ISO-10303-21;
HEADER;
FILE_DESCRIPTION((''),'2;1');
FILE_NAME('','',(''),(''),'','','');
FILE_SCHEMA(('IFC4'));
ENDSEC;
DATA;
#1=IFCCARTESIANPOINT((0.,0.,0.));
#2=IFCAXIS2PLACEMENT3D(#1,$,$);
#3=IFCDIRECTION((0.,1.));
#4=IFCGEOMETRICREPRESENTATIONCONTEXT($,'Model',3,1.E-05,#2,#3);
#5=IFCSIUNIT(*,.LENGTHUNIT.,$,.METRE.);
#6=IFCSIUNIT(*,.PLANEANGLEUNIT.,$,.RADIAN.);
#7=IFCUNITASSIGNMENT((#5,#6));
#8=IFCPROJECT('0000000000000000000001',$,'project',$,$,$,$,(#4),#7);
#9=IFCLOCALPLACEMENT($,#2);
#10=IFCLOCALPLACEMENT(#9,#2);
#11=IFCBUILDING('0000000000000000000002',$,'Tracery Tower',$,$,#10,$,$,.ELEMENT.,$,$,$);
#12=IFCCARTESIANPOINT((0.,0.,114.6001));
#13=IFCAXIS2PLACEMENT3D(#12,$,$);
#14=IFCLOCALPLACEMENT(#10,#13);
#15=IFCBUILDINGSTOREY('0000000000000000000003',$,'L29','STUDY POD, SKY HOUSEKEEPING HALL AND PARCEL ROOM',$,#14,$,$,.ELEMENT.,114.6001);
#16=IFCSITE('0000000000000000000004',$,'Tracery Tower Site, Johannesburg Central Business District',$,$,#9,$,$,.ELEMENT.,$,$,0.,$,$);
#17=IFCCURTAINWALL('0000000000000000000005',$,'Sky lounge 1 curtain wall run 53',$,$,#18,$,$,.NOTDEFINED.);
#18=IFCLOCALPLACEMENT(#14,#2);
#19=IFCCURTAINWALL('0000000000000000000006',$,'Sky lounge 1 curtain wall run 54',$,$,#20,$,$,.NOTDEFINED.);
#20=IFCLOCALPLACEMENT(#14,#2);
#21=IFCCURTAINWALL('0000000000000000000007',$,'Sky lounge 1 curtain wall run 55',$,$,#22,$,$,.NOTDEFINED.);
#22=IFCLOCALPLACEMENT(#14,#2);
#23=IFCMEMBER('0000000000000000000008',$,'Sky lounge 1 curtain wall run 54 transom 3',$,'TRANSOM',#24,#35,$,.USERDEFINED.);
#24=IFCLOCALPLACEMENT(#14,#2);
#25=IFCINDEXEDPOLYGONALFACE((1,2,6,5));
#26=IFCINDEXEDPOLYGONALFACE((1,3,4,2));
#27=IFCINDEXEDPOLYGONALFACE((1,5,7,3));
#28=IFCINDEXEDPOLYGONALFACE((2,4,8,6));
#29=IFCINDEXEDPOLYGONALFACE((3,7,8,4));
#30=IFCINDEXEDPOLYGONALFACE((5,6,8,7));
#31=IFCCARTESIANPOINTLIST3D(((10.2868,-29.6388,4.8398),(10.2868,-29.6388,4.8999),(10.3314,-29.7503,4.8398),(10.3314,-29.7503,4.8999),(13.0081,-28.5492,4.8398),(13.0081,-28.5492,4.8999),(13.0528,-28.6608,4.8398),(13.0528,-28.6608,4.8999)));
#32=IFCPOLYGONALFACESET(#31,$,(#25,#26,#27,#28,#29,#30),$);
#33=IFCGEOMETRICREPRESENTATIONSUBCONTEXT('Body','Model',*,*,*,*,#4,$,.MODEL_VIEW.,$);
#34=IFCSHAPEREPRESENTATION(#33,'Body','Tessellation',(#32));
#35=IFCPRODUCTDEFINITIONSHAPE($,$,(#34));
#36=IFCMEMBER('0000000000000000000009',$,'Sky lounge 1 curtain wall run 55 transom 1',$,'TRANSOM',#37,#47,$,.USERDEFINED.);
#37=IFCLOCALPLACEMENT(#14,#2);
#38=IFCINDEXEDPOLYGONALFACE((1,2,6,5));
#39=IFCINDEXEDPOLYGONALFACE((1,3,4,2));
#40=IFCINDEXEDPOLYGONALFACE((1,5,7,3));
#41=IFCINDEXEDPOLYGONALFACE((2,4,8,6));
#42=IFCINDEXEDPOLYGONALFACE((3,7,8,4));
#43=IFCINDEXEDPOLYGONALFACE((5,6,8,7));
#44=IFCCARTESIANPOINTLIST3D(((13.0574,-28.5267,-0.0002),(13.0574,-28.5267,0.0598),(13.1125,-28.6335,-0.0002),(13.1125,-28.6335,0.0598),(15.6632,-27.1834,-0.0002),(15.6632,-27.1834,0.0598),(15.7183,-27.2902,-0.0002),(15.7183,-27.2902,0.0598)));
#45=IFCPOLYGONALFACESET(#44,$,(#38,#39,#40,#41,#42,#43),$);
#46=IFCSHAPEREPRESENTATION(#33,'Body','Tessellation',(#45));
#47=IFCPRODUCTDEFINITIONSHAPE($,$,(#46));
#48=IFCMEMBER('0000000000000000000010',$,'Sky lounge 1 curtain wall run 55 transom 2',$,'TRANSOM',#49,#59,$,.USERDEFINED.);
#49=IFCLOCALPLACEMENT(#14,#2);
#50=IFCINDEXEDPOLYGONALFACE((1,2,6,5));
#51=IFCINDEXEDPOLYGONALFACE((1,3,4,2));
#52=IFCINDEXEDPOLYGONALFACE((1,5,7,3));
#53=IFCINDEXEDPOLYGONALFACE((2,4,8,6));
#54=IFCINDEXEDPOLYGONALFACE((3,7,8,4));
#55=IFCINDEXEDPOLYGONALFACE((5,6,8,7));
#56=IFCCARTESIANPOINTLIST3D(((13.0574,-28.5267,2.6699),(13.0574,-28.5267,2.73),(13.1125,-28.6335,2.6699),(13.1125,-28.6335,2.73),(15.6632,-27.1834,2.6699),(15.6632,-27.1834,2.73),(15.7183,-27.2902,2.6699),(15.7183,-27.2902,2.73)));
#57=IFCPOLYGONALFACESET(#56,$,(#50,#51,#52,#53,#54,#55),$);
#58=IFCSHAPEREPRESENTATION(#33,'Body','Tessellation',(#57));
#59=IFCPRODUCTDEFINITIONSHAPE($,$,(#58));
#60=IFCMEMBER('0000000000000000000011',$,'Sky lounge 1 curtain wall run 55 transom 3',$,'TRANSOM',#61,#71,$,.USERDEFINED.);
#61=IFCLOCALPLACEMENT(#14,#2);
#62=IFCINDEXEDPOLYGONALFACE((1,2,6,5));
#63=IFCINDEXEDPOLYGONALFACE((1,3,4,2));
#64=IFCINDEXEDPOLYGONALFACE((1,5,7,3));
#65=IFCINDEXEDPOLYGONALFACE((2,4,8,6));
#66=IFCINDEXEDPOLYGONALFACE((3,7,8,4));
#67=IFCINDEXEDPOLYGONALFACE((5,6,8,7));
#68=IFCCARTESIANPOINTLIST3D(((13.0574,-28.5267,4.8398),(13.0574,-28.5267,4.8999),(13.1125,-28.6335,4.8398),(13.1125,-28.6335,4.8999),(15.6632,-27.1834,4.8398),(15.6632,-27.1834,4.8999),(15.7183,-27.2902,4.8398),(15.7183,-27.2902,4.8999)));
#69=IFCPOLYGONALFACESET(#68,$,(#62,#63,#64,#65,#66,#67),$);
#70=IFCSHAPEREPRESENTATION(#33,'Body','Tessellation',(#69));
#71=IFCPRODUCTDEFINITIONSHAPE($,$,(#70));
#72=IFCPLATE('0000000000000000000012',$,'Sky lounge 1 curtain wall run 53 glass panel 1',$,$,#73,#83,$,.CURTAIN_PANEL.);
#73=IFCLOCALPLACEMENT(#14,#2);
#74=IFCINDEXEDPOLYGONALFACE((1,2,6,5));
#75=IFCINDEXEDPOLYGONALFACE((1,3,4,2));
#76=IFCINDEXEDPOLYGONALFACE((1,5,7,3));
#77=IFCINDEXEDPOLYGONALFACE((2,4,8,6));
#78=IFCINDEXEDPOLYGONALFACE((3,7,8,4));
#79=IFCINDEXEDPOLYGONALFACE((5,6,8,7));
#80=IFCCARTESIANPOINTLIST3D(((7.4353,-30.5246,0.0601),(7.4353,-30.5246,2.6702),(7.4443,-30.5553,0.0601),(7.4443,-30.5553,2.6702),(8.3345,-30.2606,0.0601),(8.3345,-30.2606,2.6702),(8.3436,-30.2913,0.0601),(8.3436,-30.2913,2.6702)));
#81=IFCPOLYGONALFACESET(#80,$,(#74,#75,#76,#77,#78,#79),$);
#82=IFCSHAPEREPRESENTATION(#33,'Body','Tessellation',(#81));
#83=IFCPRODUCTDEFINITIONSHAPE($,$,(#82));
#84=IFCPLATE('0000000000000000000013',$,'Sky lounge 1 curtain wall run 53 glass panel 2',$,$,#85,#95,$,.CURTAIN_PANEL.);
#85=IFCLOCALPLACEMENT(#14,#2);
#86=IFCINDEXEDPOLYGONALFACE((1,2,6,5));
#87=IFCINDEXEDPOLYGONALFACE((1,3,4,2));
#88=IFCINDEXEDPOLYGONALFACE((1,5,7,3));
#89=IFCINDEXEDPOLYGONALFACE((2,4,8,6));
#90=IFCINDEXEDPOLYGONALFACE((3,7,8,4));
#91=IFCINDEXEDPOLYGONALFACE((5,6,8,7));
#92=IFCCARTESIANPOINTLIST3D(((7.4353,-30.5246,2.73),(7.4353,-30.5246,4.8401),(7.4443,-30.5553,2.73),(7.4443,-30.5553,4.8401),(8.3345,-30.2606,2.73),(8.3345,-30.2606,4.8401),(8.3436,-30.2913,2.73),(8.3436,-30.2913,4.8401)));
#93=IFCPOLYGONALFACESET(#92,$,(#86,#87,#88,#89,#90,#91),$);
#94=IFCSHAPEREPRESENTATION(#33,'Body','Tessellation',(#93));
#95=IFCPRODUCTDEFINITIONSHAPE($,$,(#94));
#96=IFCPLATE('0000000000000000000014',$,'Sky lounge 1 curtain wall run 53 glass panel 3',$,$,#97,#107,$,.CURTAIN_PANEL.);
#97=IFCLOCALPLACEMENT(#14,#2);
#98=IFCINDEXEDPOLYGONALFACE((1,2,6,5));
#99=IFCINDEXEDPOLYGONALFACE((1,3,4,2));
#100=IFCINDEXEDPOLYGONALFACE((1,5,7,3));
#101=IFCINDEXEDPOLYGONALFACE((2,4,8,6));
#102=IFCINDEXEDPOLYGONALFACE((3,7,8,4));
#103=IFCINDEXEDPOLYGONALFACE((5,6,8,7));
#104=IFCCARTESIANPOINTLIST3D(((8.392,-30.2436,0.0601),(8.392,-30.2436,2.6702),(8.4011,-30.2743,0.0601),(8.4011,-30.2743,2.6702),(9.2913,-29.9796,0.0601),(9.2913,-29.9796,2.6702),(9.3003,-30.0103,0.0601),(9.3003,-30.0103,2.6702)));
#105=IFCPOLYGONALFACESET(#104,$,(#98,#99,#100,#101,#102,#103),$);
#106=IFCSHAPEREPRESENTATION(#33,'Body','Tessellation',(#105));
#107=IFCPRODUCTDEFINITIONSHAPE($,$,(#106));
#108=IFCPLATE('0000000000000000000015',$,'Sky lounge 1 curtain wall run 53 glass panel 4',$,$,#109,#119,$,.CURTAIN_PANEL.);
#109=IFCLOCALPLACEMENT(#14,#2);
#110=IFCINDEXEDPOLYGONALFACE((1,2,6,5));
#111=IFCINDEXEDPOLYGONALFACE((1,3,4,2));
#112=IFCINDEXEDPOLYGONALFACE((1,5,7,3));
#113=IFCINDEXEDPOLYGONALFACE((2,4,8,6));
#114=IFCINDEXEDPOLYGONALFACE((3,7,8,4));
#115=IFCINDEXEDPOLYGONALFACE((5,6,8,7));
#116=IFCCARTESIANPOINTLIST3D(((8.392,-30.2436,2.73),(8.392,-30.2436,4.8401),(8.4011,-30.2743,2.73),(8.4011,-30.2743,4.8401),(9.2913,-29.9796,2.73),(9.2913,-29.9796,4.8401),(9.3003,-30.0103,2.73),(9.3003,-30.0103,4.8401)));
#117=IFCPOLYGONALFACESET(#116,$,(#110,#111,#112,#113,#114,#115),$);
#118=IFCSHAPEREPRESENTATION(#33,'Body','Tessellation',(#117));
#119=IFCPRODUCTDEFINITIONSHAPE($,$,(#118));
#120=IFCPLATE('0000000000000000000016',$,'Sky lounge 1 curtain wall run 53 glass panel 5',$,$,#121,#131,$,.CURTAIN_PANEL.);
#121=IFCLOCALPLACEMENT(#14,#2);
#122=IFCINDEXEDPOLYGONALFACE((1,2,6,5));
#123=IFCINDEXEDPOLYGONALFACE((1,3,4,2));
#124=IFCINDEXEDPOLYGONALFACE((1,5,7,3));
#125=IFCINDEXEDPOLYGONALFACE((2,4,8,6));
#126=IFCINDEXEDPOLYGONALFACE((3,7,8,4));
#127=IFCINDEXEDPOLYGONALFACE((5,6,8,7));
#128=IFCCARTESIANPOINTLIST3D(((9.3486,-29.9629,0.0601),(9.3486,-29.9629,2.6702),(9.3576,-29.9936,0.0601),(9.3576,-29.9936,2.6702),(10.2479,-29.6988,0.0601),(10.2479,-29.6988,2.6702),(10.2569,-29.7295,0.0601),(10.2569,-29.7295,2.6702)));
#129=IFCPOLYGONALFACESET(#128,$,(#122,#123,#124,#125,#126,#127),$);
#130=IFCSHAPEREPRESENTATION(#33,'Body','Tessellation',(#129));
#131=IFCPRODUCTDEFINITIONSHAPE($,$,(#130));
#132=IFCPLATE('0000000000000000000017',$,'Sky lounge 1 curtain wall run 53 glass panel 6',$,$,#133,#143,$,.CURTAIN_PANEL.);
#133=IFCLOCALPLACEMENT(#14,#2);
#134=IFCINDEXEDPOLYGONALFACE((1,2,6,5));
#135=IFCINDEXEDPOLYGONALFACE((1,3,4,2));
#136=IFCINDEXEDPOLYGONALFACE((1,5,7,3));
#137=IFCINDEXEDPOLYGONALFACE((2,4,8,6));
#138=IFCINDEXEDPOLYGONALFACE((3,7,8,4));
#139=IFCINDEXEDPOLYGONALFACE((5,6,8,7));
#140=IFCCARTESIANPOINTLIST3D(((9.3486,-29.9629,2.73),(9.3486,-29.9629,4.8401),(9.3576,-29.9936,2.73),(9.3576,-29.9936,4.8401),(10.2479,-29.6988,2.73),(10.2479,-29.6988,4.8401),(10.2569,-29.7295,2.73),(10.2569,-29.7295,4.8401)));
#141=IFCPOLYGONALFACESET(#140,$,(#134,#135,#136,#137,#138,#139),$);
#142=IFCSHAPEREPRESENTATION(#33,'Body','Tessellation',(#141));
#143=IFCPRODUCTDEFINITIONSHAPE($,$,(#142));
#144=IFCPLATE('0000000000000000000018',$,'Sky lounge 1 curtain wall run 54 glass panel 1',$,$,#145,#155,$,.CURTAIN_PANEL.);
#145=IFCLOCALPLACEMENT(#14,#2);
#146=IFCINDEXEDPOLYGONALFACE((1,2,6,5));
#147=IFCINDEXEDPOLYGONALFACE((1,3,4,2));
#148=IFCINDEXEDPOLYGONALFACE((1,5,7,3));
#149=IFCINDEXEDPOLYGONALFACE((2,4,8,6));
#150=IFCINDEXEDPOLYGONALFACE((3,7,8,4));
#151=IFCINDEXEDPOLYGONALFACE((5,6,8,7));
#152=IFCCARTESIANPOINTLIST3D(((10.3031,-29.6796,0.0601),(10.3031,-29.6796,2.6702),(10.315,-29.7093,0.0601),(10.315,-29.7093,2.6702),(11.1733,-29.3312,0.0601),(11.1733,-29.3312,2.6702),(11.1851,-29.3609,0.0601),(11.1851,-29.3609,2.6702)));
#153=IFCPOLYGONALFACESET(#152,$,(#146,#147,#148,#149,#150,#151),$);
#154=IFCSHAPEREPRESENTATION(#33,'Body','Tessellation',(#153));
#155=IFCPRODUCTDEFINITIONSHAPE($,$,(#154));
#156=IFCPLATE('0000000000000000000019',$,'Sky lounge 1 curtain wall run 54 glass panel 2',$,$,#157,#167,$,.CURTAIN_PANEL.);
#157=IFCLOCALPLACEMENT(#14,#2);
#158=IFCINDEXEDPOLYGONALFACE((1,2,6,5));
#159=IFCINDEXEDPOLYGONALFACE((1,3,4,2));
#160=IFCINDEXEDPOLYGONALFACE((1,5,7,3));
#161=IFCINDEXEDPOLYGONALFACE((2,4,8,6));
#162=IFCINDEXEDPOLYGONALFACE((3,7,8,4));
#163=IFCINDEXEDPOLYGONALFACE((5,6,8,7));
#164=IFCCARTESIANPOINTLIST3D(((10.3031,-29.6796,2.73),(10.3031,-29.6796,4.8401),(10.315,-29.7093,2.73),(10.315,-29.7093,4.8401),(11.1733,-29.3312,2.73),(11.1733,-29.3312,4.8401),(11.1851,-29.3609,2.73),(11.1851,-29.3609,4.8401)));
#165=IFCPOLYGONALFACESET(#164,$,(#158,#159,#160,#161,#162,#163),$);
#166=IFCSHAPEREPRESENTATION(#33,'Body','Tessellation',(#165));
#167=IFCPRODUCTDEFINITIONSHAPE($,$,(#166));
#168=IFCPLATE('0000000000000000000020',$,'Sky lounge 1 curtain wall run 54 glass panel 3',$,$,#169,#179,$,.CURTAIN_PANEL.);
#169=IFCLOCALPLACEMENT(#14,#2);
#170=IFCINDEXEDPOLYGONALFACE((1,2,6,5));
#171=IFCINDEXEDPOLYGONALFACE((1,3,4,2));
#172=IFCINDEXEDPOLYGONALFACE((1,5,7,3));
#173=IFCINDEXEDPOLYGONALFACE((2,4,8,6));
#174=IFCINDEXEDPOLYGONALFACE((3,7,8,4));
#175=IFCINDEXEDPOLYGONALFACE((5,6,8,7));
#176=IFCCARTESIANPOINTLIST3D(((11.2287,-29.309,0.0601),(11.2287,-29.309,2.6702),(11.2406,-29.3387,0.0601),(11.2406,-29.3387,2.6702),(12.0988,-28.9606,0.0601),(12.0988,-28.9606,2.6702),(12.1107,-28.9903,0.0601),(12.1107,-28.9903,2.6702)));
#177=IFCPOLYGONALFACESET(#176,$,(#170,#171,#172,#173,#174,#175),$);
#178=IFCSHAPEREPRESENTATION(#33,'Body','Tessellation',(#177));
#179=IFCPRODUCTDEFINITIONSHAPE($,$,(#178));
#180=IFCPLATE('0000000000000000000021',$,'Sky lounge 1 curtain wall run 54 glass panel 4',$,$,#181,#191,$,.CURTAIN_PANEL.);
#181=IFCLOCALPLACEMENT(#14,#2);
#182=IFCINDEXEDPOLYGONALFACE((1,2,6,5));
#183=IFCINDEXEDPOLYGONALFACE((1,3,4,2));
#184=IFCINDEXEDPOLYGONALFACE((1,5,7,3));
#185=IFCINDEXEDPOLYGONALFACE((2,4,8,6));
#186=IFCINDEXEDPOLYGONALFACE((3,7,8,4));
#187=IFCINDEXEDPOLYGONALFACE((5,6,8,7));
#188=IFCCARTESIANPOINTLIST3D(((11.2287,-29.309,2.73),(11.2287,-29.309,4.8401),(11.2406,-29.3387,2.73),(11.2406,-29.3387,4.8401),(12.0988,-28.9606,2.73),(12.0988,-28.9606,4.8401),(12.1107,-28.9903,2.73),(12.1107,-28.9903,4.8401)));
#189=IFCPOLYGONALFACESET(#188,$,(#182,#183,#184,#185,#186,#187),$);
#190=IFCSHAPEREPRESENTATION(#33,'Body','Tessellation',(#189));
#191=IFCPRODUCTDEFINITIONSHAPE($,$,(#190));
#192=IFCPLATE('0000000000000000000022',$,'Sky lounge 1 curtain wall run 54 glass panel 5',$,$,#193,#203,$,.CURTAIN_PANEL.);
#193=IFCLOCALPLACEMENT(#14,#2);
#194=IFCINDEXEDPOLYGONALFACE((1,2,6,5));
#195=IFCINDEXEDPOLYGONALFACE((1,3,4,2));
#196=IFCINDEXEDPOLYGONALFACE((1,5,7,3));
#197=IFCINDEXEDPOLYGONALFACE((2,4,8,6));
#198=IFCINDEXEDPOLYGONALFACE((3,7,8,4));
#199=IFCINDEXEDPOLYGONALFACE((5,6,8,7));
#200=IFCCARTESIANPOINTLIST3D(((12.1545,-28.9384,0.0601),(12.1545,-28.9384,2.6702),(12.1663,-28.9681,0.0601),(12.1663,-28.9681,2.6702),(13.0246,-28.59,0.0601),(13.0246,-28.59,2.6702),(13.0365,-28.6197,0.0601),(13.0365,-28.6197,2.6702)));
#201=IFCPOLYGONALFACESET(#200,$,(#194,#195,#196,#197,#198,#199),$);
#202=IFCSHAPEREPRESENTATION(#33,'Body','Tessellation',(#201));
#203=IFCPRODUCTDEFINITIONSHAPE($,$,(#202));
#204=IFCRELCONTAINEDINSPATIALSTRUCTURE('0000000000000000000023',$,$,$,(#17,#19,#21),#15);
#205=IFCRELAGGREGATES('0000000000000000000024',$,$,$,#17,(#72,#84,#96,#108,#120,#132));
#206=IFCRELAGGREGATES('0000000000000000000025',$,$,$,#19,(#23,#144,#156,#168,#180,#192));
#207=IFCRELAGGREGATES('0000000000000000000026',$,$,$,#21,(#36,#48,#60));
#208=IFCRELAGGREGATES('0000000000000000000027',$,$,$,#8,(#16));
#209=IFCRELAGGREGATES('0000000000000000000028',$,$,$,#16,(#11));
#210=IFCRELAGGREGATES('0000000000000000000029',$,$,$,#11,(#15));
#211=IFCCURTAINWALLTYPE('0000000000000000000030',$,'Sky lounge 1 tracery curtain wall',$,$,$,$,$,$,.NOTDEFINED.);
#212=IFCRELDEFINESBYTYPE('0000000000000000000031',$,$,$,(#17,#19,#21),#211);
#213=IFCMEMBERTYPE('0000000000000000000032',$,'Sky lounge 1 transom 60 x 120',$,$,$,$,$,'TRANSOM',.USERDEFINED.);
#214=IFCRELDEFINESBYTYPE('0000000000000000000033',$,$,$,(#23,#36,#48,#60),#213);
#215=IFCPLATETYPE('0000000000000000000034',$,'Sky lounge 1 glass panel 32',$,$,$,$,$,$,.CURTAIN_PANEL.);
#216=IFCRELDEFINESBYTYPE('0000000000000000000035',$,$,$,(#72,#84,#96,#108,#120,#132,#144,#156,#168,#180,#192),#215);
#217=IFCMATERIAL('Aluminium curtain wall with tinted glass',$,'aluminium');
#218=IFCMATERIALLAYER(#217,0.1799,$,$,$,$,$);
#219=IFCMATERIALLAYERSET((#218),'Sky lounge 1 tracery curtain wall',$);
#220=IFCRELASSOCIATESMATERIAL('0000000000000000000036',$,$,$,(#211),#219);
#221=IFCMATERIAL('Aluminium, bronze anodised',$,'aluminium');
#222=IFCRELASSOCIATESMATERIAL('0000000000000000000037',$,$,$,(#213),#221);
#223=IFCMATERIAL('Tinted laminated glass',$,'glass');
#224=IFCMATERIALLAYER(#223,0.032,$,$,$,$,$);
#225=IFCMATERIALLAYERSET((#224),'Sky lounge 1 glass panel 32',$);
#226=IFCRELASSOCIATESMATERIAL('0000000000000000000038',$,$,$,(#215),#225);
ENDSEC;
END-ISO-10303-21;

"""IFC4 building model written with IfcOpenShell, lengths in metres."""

from ifc_helpers import new_model, si_unit, direction, frame, origin, origin_2d, place, context, subcontext, project, spatial, rectangle, extrude, material, layer, layer_set, material_profile, profile_set, type_object, element, aggregate, save


model = new_model("IFC4")

# Units and contexts
model_context = context("Model", 3, precision=1e-05, world=origin(), true_north=direction((0.0, 1.0)))
body_context = subcontext(model_context, "Body", "Model", "MODEL_VIEW")
ifc_project = project(units=[si_unit("LENGTHUNIT", "METRE"), si_unit("PLANEANGLEUNIT", "RADIAN")], contexts=[model_context])

# Site, building, storey
site_placement = place(None, origin())
site = spatial("IfcSite", under=ifc_project, at=site_placement, Name="Tracery Tower Site, Johannesburg Central Business District", CompositionType="ELEMENT", RefElevation=0.0)
building_placement = place(site_placement, origin())
building = spatial("IfcBuilding", under=site, at=building_placement, Name="Tracery Tower", CompositionType="ELEMENT")
storey_placement = place(building_placement, frame((0.0, 0.0, 114.6001)))
storey = spatial("IfcBuildingStorey", under=building, at=storey_placement, Name="L29", Description="STUDY POD, SKY HOUSEKEEPING HALL AND PARCEL ROOM", CompositionType="ELEMENT", Elevation=114.6001)

# Curtain walls
ifc_material_1 = material(Name="Aluminium curtain wall with tinted glass", Category="aluminium")
ifc_layer_1 = layer(ifc_material_1, 0.1799)
ifc_layer_set_1 = layer_set([ifc_layer_1], Name="Sky lounge 1 tracery curtain wall")
curtain_wall_type = type_object("IfcCurtainWallType", Name="Sky lounge 1 tracery curtain wall", PredefinedType="NOTDEFINED", material=ifc_layer_set_1)
curtain_wall_1_placement = place(storey_placement, origin())
curtain_wall_1 = element("IfcCurtainWall", 1, at=curtain_wall_1_placement, inside=storey, type_object=curtain_wall_type, Name="Sky lounge 1 curtain wall run 53", PredefinedType="NOTDEFINED")
curtain_wall_2_placement = place(storey_placement, origin())
curtain_wall_2 = element("IfcCurtainWall", 2, at=curtain_wall_2_placement, inside=storey, type_object=curtain_wall_type, Name="Sky lounge 1 curtain wall run 54", PredefinedType="NOTDEFINED")
curtain_wall_3_placement = place(storey_placement, origin())
curtain_wall_3 = element("IfcCurtainWall", 3, at=curtain_wall_3_placement, inside=storey, type_object=curtain_wall_type, Name="Sky lounge 1 curtain wall run 55", PredefinedType="NOTDEFINED")

# Members
ifc_material_2 = material(Name="Aluminium, bronze anodised", Category="aluminium")
ifc_material_profile_1 = material_profile(ifc_material_2, rectangle(XDim=0.1201, YDim=0.0601, at=origin_2d()), Name="AL 60x120")
ifc_profile_set_1 = profile_set([ifc_material_profile_1], Name="Aluminium, bronze anodised")
member_type_1 = type_object("IfcMemberType", Name="Sky lounge 1 transom 60 x 120", ElementType="TRANSOM", PredefinedType="USERDEFINED", material=ifc_profile_set_1)
member_1_placement = place(storey_placement, frame((10.3091, -29.6946, 4.8699), z_axis=(0.928356, 0.371692, 0.0), x_axis=(-0.371692, 0.928356, 0.0)))
member_1 = element("IfcMember", 4, at=member_1_placement, type_object=member_type_1, Name="Sky lounge 1 curtain wall run 54 transom 3", ObjectType="TRANSOM", PredefinedType="USERDEFINED", context=body_context, shape_type="SweptSolid", body=[
    extrude(rectangle(XDim=0.1201, YDim=0.0601, at=origin_2d()), origin(), (0.0, 0.0, 1.0), 2.9314),
])
member_2_placement = place(storey_placement, frame((13.085, -28.5801, 0.0298), z_axis=(0.888846, 0.458206, 0.0), x_axis=(-0.458206, 0.888846, 0.0)))
member_2 = element("IfcMember", 5, at=member_2_placement, type_object=member_type_1, Name="Sky lounge 1 curtain wall run 55 transom 1", ObjectType="TRANSOM", PredefinedType="USERDEFINED", context=body_context, shape_type="SweptSolid", body=[
    extrude(rectangle(XDim=0.1201, YDim=0.0601, at=origin_2d()), origin(), (0.0, 0.0, 1.0), 2.9316),
])
member_3_placement = place(storey_placement, frame((13.085, -28.5801, 2.7), z_axis=(0.888846, 0.458206, 0.0), x_axis=(-0.458206, 0.888846, 0.0)))
member_3 = element("IfcMember", 6, at=member_3_placement, type_object=member_type_1, Name="Sky lounge 1 curtain wall run 55 transom 2", ObjectType="TRANSOM", PredefinedType="USERDEFINED", context=body_context, shape_type="SweptSolid", body=[
    extrude(rectangle(XDim=0.1201, YDim=0.0601, at=origin_2d()), origin(), (0.0, 0.0, 1.0), 2.9316),
])
member_4_placement = place(storey_placement, frame((13.085, -28.5801, 4.8699), z_axis=(0.888846, 0.458206, 0.0), x_axis=(-0.458206, 0.888846, 0.0)))
member_4 = element("IfcMember", 7, at=member_4_placement, type_object=member_type_1, Name="Sky lounge 1 curtain wall run 55 transom 3", ObjectType="TRANSOM", PredefinedType="USERDEFINED", context=body_context, shape_type="SweptSolid", body=[
    extrude(rectangle(XDim=0.1201, YDim=0.0601, at=origin_2d()), origin(), (0.0, 0.0, 1.0), 2.9316),
])

# Plates
ifc_material_3 = material(Name="Tinted laminated glass", Category="glass")
ifc_layer_2 = layer(ifc_material_3, 0.032)
ifc_layer_set_2 = layer_set([ifc_layer_2], Name="Sky lounge 1 glass panel 32")
plate_type = type_object("IfcPlateType", Name="Sky lounge 1 glass panel 32", PredefinedType="CURTAIN_PANEL", material=ifc_layer_set_2)
plate_1_placement = place(storey_placement, frame((7.8894, -30.408, 0.0601), z_axis=(0.0, 0.0, 1.0), x_axis=(0.959493, 0.281733, 0.0)))
plate_1 = element("IfcPlate", 8, at=plate_1_placement, type_object=plate_type, Name="Sky lounge 1 curtain wall run 53 glass panel 1", PredefinedType="CURTAIN_PANEL", context=body_context, shape_type="SweptSolid", body=[
    extrude(rectangle(XDim=0.9373, YDim=0.032, at=origin_2d()), origin(), (0.0, 0.0, 1.0), 2.6101),
])
plate_2_placement = place(storey_placement, frame((7.8894, -30.408, 2.73), z_axis=(0.0, 0.0, 1.0), x_axis=(0.959493, 0.281733, 0.0)))
plate_2 = element("IfcPlate", 9, at=plate_2_placement, type_object=plate_type, Name="Sky lounge 1 curtain wall run 53 glass panel 2", PredefinedType="CURTAIN_PANEL", context=body_context, shape_type="SweptSolid", body=[
    extrude(rectangle(XDim=0.9373, YDim=0.032, at=origin_2d()), origin(), (0.0, 0.0, 1.0), 2.1101),
])
plate_3_placement = place(storey_placement, frame((8.8462, -30.127, 0.0601), z_axis=(0.0, 0.0, 1.0), x_axis=(0.959493, 0.281733, 0.0)))
plate_3 = element("IfcPlate", 10, at=plate_3_placement, type_object=plate_type, Name="Sky lounge 1 curtain wall run 53 glass panel 3", PredefinedType="CURTAIN_PANEL", context=body_context, shape_type="SweptSolid", body=[
    extrude(rectangle(XDim=0.9373, YDim=0.032, at=origin_2d()), origin(), (0.0, 0.0, 1.0), 2.6101),
])
plate_4_placement = place(storey_placement, frame((8.8462, -30.127, 2.73), z_axis=(0.0, 0.0, 1.0), x_axis=(0.959493, 0.281733, 0.0)))
plate_4 = element("IfcPlate", 11, at=plate_4_placement, type_object=plate_type, Name="Sky lounge 1 curtain wall run 53 glass panel 4", PredefinedType="CURTAIN_PANEL", context=body_context, shape_type="SweptSolid", body=[
    extrude(rectangle(XDim=0.9373, YDim=0.032, at=origin_2d()), origin(), (0.0, 0.0, 1.0), 2.1101),
])
plate_5_placement = place(storey_placement, frame((9.8027, -29.8462, 0.0601), z_axis=(0.0, 0.0, 1.0), x_axis=(0.959493, 0.281733, 0.0)))
plate_5 = element("IfcPlate", 12, at=plate_5_placement, type_object=plate_type, Name="Sky lounge 1 curtain wall run 53 glass panel 5", PredefinedType="CURTAIN_PANEL", context=body_context, shape_type="SweptSolid", body=[
    extrude(rectangle(XDim=0.9373, YDim=0.032, at=origin_2d()), origin(), (0.0, 0.0, 1.0), 2.6101),
])
plate_6_placement = place(storey_placement, frame((9.8027, -29.8462, 2.73), z_axis=(0.0, 0.0, 1.0), x_axis=(0.959493, 0.281733, 0.0)))
plate_6 = element("IfcPlate", 13, at=plate_6_placement, type_object=plate_type, Name="Sky lounge 1 curtain wall run 53 glass panel 6", PredefinedType="CURTAIN_PANEL", context=body_context, shape_type="SweptSolid", body=[
    extrude(rectangle(XDim=0.9373, YDim=0.032, at=origin_2d()), origin(), (0.0, 0.0, 1.0), 2.1101),
])
aggregate(curtain_wall_1, [plate_1, plate_2, plate_3, plate_4, plate_5, plate_6])
plate_7_placement = place(storey_placement, frame((10.7441, -29.5203, 0.0601), z_axis=(0.0, 0.0, 1.0), x_axis=(0.928368, 0.371662, 0.0)))
plate_7 = element("IfcPlate", 14, at=plate_7_placement, type_object=plate_type, Name="Sky lounge 1 curtain wall run 54 glass panel 1", PredefinedType="CURTAIN_PANEL", context=body_context, shape_type="SweptSolid", body=[
    extrude(rectangle(XDim=0.9373, YDim=0.032, at=origin_2d()), origin(), (0.0, 0.0, 1.0), 2.6101),
])
plate_8_placement = place(storey_placement, frame((10.7441, -29.5203, 2.73), z_axis=(0.0, 0.0, 1.0), x_axis=(0.928368, 0.371662, 0.0)))
plate_8 = element("IfcPlate", 15, at=plate_8_placement, type_object=plate_type, Name="Sky lounge 1 curtain wall run 54 glass panel 2", PredefinedType="CURTAIN_PANEL", context=body_context, shape_type="SweptSolid", body=[
    extrude(rectangle(XDim=0.9373, YDim=0.032, at=origin_2d()), origin(), (0.0, 0.0, 1.0), 2.1101),
])
plate_9_placement = place(storey_placement, frame((11.6697, -29.1497, 0.0601), z_axis=(0.0, 0.0, 1.0), x_axis=(0.928368, 0.371662, 0.0)))
plate_9 = element("IfcPlate", 16, at=plate_9_placement, type_object=plate_type, Name="Sky lounge 1 curtain wall run 54 glass panel 3", PredefinedType="CURTAIN_PANEL", context=body_context, shape_type="SweptSolid", body=[
    extrude(rectangle(XDim=0.9373, YDim=0.032, at=origin_2d()), origin(), (0.0, 0.0, 1.0), 2.6101),
])
plate_10_placement = place(storey_placement, frame((11.6697, -29.1497, 2.73), z_axis=(0.0, 0.0, 1.0), x_axis=(0.928368, 0.371662, 0.0)))
plate_10 = element("IfcPlate", 17, at=plate_10_placement, type_object=plate_type, Name="Sky lounge 1 curtain wall run 54 glass panel 4", PredefinedType="CURTAIN_PANEL", context=body_context, shape_type="SweptSolid", body=[
    extrude(rectangle(XDim=0.9373, YDim=0.032, at=origin_2d()), origin(), (0.0, 0.0, 1.0), 2.1101),
])
plate_11_placement = place(storey_placement, frame((12.5955, -28.7791, 0.0601), z_axis=(0.0, 0.0, 1.0), x_axis=(0.928368, 0.371662, 0.0)))
plate_11 = element("IfcPlate", 18, at=plate_11_placement, type_object=plate_type, Name="Sky lounge 1 curtain wall run 54 glass panel 5", PredefinedType="CURTAIN_PANEL", context=body_context, shape_type="SweptSolid", body=[
    extrude(rectangle(XDim=0.9373, YDim=0.032, at=origin_2d()), origin(), (0.0, 0.0, 1.0), 2.6101),
])
aggregate(curtain_wall_2, [member_1, plate_7, plate_8, plate_9, plate_10, plate_11])
aggregate(curtain_wall_3, [member_2, member_3, member_4])

save(model, "model.ifc")
